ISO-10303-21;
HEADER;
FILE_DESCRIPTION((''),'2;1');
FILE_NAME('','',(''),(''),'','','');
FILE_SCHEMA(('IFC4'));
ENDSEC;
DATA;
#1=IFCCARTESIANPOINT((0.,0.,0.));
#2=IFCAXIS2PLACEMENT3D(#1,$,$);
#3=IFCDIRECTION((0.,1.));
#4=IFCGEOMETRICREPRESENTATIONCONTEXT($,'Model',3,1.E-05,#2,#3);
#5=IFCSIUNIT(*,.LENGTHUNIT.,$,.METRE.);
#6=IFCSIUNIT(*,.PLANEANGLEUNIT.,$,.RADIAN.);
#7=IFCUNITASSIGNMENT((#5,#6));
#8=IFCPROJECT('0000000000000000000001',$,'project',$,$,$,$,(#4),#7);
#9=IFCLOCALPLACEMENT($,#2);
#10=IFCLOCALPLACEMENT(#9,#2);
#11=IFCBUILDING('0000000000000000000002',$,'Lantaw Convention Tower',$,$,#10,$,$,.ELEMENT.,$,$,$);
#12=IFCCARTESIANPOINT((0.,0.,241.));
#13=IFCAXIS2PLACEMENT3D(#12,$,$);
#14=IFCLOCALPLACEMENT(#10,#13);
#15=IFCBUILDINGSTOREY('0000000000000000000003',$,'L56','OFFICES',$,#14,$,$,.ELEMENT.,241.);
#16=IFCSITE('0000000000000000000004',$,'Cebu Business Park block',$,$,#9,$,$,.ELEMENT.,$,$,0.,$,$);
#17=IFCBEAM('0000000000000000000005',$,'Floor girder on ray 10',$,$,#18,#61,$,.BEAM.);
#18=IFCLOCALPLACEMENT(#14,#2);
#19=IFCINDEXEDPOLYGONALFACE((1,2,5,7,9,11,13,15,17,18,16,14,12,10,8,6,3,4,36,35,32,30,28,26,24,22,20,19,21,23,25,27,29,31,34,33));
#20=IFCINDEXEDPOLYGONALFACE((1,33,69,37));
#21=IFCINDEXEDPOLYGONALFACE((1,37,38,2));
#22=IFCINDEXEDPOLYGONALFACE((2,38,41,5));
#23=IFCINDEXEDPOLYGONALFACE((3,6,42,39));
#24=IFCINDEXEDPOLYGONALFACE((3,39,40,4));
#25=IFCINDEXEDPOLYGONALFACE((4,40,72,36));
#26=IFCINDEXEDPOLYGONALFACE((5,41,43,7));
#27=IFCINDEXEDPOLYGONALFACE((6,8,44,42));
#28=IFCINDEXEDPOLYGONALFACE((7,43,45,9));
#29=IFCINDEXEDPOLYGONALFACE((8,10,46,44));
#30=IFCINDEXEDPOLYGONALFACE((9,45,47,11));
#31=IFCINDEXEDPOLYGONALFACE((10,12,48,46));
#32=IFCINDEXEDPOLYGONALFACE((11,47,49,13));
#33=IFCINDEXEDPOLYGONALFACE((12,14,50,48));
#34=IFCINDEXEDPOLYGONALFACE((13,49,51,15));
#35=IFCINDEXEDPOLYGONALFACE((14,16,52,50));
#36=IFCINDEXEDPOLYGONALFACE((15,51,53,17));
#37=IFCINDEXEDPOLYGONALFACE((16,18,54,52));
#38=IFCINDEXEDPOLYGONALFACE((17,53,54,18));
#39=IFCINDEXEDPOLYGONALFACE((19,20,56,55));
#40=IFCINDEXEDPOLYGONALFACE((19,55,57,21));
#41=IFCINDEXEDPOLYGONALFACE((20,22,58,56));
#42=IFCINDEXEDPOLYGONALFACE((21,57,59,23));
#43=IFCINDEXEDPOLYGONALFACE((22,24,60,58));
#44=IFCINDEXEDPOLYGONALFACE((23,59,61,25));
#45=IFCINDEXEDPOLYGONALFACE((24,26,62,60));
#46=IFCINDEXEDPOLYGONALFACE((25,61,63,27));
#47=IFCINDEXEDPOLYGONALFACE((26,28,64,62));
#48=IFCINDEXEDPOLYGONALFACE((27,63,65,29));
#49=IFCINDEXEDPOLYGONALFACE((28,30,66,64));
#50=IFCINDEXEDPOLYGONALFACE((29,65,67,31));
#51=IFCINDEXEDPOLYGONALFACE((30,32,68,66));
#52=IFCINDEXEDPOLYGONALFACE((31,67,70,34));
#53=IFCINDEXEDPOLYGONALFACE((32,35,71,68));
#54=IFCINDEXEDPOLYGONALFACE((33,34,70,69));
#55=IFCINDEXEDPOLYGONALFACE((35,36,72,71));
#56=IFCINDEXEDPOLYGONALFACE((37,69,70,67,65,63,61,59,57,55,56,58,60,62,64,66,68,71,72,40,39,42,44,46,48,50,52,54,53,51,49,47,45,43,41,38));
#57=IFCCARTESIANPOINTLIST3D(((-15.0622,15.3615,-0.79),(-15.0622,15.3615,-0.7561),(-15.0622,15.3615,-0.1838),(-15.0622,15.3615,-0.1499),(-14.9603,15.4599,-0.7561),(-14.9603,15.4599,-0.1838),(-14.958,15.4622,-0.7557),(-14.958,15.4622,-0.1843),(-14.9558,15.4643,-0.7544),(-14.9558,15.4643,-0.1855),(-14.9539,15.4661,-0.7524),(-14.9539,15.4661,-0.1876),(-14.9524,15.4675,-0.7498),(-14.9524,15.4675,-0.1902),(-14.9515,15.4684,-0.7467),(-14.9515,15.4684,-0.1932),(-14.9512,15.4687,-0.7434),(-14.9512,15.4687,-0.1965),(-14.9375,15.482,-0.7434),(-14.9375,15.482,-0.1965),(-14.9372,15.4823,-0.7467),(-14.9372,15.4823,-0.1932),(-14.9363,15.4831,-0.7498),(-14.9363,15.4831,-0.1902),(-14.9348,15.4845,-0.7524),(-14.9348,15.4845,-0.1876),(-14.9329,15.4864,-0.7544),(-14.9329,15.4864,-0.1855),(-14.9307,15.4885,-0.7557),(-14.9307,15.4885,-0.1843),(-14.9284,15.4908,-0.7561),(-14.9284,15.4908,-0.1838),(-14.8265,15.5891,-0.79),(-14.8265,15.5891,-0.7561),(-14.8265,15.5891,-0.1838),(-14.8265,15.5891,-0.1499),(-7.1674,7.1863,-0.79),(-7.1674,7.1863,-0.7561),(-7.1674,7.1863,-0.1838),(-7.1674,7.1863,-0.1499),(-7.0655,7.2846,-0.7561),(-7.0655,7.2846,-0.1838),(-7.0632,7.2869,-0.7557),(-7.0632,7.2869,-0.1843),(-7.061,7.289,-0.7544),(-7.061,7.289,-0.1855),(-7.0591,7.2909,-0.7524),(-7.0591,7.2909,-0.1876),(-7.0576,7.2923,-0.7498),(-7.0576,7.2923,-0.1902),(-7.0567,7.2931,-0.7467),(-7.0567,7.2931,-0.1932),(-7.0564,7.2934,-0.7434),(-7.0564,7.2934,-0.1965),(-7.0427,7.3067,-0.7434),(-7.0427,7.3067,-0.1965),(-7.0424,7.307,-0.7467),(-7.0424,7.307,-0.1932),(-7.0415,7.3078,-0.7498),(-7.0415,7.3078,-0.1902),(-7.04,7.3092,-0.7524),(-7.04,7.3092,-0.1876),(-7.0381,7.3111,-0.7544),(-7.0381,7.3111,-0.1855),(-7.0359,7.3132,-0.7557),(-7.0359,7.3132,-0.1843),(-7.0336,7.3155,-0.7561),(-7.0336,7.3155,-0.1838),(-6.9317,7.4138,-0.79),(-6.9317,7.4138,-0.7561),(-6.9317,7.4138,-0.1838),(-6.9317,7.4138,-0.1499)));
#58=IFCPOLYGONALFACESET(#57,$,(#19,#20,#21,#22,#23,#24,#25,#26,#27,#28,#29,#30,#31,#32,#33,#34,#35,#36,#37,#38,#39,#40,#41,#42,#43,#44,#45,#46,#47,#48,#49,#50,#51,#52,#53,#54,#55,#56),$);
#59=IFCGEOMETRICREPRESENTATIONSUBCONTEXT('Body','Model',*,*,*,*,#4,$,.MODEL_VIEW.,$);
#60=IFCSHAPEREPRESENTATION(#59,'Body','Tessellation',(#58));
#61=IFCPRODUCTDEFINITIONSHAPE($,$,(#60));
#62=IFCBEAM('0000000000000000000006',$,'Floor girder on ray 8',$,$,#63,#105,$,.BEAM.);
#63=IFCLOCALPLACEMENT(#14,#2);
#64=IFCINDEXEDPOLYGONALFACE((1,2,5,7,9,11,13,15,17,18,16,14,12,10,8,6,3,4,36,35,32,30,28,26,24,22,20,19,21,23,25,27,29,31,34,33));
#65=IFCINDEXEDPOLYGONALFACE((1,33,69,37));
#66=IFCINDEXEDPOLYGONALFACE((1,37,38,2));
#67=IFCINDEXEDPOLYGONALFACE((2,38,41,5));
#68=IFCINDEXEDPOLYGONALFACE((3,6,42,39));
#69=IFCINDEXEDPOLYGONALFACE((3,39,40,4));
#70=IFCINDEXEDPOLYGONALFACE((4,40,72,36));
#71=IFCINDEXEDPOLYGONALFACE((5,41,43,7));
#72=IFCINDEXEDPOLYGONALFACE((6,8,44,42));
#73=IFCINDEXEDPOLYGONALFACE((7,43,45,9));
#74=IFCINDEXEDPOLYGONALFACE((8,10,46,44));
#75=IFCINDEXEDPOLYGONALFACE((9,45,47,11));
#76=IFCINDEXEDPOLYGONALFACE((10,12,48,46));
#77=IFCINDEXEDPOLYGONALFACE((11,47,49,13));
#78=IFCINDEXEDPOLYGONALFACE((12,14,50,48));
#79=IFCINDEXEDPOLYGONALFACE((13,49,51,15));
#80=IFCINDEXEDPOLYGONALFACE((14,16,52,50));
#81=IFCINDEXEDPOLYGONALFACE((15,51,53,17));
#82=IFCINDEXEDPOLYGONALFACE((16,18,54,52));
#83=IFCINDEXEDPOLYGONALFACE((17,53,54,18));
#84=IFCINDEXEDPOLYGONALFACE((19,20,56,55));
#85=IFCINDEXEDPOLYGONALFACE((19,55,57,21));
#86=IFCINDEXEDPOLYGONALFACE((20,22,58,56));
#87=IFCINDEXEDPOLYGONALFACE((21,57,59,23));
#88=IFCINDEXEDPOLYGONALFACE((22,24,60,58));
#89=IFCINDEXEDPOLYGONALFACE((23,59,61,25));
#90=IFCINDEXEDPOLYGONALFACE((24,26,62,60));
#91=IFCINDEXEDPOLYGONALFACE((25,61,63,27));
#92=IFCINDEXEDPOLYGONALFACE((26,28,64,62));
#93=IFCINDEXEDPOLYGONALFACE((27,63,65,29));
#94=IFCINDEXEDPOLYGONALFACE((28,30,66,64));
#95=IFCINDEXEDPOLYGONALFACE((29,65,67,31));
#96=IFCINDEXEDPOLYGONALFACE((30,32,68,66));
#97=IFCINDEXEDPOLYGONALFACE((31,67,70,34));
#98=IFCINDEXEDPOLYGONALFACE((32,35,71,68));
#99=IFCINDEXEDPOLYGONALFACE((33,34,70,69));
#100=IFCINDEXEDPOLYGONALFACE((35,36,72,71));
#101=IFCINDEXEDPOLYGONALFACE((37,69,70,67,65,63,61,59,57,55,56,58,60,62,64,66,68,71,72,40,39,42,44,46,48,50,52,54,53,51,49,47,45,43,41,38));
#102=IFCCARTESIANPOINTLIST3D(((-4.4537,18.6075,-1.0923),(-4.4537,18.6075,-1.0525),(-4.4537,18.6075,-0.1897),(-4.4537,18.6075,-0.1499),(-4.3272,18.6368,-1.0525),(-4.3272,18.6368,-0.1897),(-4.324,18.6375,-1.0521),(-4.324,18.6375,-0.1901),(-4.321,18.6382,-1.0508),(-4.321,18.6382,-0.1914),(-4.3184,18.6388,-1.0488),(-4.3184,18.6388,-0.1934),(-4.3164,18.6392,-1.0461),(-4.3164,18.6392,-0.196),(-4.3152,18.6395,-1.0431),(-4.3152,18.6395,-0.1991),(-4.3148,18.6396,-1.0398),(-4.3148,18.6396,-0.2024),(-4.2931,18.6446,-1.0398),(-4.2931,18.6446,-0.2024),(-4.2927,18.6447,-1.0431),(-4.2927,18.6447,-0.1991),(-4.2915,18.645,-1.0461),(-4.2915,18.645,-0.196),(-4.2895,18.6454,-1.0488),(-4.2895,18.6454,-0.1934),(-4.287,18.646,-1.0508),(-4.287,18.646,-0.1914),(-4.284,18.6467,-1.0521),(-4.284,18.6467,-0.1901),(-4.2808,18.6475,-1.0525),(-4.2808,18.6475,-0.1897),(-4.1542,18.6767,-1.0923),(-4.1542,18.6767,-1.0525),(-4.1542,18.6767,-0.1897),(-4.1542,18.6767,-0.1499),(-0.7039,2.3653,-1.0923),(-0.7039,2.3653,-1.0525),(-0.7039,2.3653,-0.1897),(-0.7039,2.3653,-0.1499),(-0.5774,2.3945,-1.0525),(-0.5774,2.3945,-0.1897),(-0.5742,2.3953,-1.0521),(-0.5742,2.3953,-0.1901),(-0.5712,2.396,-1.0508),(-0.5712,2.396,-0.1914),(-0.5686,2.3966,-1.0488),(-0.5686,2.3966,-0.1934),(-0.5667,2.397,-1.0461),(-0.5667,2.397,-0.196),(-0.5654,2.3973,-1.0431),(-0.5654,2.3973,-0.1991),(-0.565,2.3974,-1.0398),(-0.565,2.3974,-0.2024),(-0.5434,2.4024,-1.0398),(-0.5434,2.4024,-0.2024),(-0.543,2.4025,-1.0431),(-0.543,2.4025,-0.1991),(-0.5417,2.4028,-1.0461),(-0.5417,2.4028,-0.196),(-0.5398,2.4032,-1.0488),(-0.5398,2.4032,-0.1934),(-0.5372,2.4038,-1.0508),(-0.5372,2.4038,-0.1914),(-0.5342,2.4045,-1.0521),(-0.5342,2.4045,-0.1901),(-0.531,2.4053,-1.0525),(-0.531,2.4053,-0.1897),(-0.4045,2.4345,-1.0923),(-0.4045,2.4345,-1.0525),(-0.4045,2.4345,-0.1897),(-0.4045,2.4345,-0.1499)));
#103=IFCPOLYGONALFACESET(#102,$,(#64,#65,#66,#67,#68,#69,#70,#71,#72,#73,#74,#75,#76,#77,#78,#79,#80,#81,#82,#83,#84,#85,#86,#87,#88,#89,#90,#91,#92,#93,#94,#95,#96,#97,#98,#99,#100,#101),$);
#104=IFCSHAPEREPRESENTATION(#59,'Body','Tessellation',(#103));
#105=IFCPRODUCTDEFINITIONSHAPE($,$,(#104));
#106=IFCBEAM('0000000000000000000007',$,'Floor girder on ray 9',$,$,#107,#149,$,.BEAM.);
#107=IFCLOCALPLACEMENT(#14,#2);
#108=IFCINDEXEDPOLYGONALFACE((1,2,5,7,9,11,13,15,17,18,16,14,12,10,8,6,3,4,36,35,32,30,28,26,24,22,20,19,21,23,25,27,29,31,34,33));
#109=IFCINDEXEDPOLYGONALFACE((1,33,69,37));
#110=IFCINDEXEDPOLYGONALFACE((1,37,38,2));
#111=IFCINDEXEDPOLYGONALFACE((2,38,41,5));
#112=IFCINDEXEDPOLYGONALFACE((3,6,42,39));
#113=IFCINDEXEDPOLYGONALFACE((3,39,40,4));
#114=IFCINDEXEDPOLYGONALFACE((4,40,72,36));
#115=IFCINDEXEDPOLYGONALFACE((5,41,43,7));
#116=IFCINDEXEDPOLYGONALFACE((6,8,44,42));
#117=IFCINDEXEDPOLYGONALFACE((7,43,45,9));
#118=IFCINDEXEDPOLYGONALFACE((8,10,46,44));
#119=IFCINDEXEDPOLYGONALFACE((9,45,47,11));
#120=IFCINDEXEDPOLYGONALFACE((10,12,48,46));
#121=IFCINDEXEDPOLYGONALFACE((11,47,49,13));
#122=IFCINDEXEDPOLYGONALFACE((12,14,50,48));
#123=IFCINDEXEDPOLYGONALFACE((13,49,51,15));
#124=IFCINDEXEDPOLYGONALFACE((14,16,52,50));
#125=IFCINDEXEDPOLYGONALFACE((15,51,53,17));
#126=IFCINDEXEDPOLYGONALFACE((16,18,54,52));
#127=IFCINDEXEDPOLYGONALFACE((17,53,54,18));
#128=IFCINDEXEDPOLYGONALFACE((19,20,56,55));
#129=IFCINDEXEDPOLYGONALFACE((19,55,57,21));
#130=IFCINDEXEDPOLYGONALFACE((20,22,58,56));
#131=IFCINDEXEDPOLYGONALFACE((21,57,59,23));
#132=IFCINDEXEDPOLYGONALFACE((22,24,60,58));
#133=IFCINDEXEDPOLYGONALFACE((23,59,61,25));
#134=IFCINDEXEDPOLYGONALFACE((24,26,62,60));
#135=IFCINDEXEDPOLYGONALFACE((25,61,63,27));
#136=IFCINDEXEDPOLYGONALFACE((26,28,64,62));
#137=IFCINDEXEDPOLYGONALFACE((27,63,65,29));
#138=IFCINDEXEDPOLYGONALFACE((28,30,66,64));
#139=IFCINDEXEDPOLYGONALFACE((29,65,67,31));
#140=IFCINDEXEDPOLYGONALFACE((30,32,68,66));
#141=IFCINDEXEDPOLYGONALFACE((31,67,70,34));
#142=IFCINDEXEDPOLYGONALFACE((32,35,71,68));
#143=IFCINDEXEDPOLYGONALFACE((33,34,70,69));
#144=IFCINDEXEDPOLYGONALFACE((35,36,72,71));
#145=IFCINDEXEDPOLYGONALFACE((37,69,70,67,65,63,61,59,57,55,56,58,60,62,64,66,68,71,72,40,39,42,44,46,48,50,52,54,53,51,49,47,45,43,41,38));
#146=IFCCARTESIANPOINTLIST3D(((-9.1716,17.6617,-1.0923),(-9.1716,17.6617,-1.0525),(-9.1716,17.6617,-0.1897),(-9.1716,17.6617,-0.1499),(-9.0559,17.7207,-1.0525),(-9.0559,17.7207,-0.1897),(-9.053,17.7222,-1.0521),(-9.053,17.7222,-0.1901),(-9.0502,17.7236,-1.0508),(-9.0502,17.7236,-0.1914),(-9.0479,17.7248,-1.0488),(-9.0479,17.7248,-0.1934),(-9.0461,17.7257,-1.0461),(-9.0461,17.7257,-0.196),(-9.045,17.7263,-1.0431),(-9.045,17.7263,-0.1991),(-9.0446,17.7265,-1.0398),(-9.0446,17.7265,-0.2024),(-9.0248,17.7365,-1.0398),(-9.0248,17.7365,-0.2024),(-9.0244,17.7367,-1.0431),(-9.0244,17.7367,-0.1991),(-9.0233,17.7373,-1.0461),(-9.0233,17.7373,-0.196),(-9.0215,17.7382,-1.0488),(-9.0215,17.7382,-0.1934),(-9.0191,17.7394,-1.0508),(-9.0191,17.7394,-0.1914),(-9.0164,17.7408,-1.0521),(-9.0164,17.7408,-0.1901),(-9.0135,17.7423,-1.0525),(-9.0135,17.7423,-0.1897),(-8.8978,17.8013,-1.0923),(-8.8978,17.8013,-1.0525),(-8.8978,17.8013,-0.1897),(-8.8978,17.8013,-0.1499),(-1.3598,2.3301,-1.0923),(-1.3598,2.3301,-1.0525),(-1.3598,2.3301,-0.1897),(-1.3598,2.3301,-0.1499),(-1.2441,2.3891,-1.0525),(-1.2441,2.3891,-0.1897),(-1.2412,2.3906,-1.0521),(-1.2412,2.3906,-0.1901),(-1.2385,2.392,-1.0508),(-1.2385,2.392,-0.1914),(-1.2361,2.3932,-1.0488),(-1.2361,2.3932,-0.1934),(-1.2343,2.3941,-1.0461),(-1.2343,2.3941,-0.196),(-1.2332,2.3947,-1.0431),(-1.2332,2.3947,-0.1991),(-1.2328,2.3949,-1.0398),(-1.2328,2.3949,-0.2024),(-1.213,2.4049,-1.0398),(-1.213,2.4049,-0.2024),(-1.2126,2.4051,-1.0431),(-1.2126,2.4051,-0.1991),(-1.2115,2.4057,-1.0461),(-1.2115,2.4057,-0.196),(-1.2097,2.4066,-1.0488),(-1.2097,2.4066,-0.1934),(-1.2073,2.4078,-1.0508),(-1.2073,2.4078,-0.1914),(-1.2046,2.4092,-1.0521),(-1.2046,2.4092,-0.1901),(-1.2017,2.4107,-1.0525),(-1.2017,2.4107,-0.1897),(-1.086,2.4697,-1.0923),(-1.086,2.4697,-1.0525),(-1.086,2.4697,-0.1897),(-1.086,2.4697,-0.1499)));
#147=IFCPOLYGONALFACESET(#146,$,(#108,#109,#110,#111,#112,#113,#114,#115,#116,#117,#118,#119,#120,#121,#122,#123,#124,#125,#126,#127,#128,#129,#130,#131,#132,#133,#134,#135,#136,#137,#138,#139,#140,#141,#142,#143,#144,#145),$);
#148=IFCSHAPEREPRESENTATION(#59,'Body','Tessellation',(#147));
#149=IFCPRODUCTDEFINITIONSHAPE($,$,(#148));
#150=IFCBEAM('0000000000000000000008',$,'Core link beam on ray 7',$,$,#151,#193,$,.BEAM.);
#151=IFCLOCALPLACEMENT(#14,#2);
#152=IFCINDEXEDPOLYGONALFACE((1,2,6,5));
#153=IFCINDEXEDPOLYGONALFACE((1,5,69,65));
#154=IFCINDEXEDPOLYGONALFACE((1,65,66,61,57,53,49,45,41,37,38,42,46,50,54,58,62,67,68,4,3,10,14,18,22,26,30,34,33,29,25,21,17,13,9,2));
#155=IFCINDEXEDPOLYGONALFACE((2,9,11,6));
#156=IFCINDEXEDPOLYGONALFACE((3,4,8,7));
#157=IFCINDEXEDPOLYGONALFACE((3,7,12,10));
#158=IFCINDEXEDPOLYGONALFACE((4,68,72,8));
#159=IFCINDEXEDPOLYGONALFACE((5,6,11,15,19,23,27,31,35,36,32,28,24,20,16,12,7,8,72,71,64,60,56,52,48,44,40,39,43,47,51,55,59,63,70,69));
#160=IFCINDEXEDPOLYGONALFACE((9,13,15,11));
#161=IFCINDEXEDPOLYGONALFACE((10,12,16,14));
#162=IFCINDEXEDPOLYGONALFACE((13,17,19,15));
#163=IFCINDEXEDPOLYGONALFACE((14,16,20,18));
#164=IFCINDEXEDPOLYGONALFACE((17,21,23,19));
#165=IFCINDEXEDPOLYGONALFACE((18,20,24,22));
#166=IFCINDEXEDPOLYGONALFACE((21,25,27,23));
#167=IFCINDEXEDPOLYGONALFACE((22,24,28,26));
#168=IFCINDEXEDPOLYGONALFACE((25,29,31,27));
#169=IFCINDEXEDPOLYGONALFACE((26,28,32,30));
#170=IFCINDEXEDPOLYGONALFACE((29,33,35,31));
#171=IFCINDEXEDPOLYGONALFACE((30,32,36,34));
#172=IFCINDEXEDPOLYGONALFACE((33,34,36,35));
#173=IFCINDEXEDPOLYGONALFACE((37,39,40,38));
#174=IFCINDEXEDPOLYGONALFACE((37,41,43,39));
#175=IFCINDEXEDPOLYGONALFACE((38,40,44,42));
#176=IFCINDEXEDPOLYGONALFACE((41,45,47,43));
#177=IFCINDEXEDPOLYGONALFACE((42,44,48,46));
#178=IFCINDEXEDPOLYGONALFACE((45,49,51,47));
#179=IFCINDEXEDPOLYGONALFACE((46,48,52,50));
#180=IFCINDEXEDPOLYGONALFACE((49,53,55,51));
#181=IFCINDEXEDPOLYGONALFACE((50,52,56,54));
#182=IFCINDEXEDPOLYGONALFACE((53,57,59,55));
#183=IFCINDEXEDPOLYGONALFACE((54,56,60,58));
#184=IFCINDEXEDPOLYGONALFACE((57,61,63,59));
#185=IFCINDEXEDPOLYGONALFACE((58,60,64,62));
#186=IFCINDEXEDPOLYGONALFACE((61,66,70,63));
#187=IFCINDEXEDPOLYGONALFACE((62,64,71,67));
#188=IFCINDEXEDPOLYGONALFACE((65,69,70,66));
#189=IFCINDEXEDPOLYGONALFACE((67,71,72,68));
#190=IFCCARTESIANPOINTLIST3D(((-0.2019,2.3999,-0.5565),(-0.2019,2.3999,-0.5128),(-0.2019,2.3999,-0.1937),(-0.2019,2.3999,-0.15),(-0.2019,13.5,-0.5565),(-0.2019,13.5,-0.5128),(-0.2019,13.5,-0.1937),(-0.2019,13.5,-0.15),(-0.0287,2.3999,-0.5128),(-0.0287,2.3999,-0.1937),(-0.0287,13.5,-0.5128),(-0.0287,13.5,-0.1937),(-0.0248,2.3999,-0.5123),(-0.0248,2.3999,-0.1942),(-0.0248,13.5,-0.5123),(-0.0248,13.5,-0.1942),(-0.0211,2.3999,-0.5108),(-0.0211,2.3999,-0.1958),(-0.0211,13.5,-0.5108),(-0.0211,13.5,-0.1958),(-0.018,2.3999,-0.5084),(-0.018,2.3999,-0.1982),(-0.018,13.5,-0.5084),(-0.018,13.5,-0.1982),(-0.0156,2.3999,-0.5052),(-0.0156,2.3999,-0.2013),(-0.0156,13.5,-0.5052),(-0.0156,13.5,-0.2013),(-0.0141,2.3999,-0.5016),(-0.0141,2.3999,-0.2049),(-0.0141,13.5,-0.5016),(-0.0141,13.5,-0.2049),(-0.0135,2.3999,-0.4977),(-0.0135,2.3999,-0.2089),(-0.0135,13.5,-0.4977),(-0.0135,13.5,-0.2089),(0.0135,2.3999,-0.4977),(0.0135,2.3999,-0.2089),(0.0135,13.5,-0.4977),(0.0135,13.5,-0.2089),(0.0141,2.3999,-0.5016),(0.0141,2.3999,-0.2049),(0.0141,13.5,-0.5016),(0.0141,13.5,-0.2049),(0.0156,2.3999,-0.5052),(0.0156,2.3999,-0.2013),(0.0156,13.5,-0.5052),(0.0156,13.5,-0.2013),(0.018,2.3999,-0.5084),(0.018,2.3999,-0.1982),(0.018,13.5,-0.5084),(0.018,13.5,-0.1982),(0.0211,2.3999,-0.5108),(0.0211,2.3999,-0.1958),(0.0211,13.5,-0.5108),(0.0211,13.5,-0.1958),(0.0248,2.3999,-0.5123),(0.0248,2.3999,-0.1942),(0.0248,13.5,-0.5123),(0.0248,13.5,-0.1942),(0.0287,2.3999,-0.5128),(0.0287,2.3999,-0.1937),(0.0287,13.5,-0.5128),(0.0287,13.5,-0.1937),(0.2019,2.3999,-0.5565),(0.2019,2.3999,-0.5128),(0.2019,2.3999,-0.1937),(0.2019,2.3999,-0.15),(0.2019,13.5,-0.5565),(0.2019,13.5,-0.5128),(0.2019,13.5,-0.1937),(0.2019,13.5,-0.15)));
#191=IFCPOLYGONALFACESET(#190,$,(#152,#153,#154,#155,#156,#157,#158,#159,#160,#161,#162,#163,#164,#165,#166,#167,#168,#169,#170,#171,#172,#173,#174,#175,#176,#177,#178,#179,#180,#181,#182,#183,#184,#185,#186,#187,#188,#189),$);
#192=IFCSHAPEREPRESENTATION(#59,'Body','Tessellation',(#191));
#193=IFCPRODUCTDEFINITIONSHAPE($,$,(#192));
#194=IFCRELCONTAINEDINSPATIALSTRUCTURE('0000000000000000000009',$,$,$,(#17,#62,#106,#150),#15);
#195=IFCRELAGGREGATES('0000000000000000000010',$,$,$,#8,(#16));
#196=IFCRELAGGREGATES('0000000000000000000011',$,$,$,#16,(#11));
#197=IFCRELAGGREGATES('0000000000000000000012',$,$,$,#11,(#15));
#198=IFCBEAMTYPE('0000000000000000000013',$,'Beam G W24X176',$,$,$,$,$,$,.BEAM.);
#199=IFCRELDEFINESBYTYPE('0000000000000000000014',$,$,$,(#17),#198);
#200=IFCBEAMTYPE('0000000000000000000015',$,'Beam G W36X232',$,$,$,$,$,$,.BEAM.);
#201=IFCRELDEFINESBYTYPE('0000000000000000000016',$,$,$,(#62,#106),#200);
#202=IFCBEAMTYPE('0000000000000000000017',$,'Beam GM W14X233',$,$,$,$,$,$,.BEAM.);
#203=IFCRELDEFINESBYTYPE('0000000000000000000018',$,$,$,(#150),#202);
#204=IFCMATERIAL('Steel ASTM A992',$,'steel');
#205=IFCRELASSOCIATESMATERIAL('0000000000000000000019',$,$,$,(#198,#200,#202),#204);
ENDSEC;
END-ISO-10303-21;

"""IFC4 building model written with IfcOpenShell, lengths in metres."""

from ifc_helpers import new_model, si_unit, direction, frame, origin, origin_2d, place, context, subcontext, project, spatial, i_section, extrude, material, material_profile, profile_set, type_object, element, save


model = new_model("IFC4")

# Units and contexts
model_context = context("Model", 3, precision=1e-05, world=origin(), true_north=direction((0.0, 1.0)))
body_context = subcontext(model_context, "Body", "Model", "MODEL_VIEW")
ifc_project = project(units=[si_unit("LENGTHUNIT", "METRE"), si_unit("PLANEANGLEUNIT", "RADIAN")], contexts=[model_context])

# Site, building, storey
site_placement = place(None, origin())
site = spatial("IfcSite", under=ifc_project, at=site_placement, Name="Cebu Business Park block", CompositionType="ELEMENT", RefElevation=0.0)
building_placement = place(site_placement, origin())
building = spatial("IfcBuilding", under=site, at=building_placement, Name="Lantaw Convention Tower", CompositionType="ELEMENT")
storey_placement = place(building_placement, frame((0.0, 0.0, 241.0)))
storey = spatial("IfcBuildingStorey", under=building, at=storey_placement, Name="L56", Description="OFFICES", CompositionType="ELEMENT", Elevation=241.0)

# Beams
ifc_material_1 = material(Name="Steel ASTM A992", Category="steel")
ifc_material_profile_1 = material_profile(ifc_material_1, i_section(OverallWidth=0.3276, OverallDepth=0.6401, WebThickness=0.019, FlangeThickness=0.0339, FilletRadius=0.0127, at=origin_2d()), Name="W24X176")
ifc_profile_set_1 = profile_set([ifc_material_profile_1], Name="Steel ASTM A992")
beam_type_1 = type_object("IfcBeamType", Name="Beam G W24X176", PredefinedType="BEAM", material=ifc_profile_set_1)
beam_1_placement = place(storey_placement, frame((-7.0496, 7.3, -0.47), z_axis=(-0.694658, 0.71934, 0.0), x_axis=(-0.71934, -0.694658, 0.0)))
element("IfcBeam", 1, at=beam_1_placement, inside=storey, type_object=beam_type_1, Name="Floor girder on ray 10", PredefinedType="BEAM", context=body_context, shape_type="SweptSolid", body=[
    extrude(i_section(OverallWidth=0.3276, OverallDepth=0.6401, WebThickness=0.019, FlangeThickness=0.0339, FilletRadius=0.0127, at=origin_2d()), origin(), (0.0, 0.0, 1.0), 11.365),
])
ifc_material_profile_2 = material_profile(ifc_material_1, i_section(OverallWidth=0.3074, OverallDepth=0.9424, WebThickness=0.0222, FlangeThickness=0.0398, FilletRadius=0.0127, at=origin_2d()), Name="W36X232")
ifc_profile_set_2 = profile_set([ifc_material_profile_2], Name="Steel ASTM A992")
beam_type_2 = type_object("IfcBeamType", Name="Beam G W36X232", PredefinedType="BEAM", material=ifc_profile_set_2)
beam_2_placement = place(storey_placement, frame((-0.5542, 2.3999, -0.6211), z_axis=(-0.224948, 0.974371, 0.0), x_axis=(-0.974371, -0.224948, 0.0)))
element("IfcBeam", 2, at=beam_2_placement, inside=storey, type_object=beam_type_2, Name="Floor girder on ray 8", PredefinedType="BEAM", context=body_context, shape_type="SweptSolid", body=[
    extrude(i_section(OverallWidth=0.3074, OverallDepth=0.9424, WebThickness=0.0222, FlangeThickness=0.0398, FilletRadius=0.0127, at=origin_2d()), origin(), (0.0, 0.0, 1.0), 16.6694),
])
beam_3_placement = place(storey_placement, frame((-1.2229, 2.3999, -0.6211), z_axis=(-0.453988, 0.891008, 0.0), x_axis=(-0.891008, -0.453988, 0.0)))
element("IfcBeam", 3, at=beam_3_placement, inside=storey, type_object=beam_type_2, Name="Floor girder on ray 9", PredefinedType="BEAM", context=body_context, shape_type="SweptSolid", body=[
    extrude(i_section(OverallWidth=0.3074, OverallDepth=0.9424, WebThickness=0.0222, FlangeThickness=0.0398, FilletRadius=0.0127, at=origin_2d()), origin(), (0.0, 0.0, 1.0), 17.207),
])
ifc_material_profile_3 = material_profile(ifc_material_1, i_section(OverallWidth=0.4038, OverallDepth=0.4065, WebThickness=0.0271, FlangeThickness=0.0437, FilletRadius=0.0151, at=origin_2d()), Name="W14X233")
ifc_profile_set_3 = profile_set([ifc_material_profile_3], Name="Steel ASTM A992")
beam_type_3 = type_object("IfcBeamType", Name="Beam GM W14X233", PredefinedType="BEAM", material=ifc_profile_set_3)
beam_4_placement = place(storey_placement, frame((0.0, 2.3999, -0.3533), z_axis=(0.0, 1.0, 0.0), x_axis=(-1.0, 0.0, 0.0)))
element("IfcBeam", 4, at=beam_4_placement, inside=storey, type_object=beam_type_3, Name="Core link beam on ray 7", PredefinedType="BEAM", context=body_context, shape_type="SweptSolid", body=[
    extrude(i_section(OverallWidth=0.4038, OverallDepth=0.4065, WebThickness=0.0271, FlangeThickness=0.0437, FilletRadius=0.0151, at=origin_2d()), origin(), (0.0, 0.0, 1.0), 11.1001),
])

save(model, "model.ifc")
